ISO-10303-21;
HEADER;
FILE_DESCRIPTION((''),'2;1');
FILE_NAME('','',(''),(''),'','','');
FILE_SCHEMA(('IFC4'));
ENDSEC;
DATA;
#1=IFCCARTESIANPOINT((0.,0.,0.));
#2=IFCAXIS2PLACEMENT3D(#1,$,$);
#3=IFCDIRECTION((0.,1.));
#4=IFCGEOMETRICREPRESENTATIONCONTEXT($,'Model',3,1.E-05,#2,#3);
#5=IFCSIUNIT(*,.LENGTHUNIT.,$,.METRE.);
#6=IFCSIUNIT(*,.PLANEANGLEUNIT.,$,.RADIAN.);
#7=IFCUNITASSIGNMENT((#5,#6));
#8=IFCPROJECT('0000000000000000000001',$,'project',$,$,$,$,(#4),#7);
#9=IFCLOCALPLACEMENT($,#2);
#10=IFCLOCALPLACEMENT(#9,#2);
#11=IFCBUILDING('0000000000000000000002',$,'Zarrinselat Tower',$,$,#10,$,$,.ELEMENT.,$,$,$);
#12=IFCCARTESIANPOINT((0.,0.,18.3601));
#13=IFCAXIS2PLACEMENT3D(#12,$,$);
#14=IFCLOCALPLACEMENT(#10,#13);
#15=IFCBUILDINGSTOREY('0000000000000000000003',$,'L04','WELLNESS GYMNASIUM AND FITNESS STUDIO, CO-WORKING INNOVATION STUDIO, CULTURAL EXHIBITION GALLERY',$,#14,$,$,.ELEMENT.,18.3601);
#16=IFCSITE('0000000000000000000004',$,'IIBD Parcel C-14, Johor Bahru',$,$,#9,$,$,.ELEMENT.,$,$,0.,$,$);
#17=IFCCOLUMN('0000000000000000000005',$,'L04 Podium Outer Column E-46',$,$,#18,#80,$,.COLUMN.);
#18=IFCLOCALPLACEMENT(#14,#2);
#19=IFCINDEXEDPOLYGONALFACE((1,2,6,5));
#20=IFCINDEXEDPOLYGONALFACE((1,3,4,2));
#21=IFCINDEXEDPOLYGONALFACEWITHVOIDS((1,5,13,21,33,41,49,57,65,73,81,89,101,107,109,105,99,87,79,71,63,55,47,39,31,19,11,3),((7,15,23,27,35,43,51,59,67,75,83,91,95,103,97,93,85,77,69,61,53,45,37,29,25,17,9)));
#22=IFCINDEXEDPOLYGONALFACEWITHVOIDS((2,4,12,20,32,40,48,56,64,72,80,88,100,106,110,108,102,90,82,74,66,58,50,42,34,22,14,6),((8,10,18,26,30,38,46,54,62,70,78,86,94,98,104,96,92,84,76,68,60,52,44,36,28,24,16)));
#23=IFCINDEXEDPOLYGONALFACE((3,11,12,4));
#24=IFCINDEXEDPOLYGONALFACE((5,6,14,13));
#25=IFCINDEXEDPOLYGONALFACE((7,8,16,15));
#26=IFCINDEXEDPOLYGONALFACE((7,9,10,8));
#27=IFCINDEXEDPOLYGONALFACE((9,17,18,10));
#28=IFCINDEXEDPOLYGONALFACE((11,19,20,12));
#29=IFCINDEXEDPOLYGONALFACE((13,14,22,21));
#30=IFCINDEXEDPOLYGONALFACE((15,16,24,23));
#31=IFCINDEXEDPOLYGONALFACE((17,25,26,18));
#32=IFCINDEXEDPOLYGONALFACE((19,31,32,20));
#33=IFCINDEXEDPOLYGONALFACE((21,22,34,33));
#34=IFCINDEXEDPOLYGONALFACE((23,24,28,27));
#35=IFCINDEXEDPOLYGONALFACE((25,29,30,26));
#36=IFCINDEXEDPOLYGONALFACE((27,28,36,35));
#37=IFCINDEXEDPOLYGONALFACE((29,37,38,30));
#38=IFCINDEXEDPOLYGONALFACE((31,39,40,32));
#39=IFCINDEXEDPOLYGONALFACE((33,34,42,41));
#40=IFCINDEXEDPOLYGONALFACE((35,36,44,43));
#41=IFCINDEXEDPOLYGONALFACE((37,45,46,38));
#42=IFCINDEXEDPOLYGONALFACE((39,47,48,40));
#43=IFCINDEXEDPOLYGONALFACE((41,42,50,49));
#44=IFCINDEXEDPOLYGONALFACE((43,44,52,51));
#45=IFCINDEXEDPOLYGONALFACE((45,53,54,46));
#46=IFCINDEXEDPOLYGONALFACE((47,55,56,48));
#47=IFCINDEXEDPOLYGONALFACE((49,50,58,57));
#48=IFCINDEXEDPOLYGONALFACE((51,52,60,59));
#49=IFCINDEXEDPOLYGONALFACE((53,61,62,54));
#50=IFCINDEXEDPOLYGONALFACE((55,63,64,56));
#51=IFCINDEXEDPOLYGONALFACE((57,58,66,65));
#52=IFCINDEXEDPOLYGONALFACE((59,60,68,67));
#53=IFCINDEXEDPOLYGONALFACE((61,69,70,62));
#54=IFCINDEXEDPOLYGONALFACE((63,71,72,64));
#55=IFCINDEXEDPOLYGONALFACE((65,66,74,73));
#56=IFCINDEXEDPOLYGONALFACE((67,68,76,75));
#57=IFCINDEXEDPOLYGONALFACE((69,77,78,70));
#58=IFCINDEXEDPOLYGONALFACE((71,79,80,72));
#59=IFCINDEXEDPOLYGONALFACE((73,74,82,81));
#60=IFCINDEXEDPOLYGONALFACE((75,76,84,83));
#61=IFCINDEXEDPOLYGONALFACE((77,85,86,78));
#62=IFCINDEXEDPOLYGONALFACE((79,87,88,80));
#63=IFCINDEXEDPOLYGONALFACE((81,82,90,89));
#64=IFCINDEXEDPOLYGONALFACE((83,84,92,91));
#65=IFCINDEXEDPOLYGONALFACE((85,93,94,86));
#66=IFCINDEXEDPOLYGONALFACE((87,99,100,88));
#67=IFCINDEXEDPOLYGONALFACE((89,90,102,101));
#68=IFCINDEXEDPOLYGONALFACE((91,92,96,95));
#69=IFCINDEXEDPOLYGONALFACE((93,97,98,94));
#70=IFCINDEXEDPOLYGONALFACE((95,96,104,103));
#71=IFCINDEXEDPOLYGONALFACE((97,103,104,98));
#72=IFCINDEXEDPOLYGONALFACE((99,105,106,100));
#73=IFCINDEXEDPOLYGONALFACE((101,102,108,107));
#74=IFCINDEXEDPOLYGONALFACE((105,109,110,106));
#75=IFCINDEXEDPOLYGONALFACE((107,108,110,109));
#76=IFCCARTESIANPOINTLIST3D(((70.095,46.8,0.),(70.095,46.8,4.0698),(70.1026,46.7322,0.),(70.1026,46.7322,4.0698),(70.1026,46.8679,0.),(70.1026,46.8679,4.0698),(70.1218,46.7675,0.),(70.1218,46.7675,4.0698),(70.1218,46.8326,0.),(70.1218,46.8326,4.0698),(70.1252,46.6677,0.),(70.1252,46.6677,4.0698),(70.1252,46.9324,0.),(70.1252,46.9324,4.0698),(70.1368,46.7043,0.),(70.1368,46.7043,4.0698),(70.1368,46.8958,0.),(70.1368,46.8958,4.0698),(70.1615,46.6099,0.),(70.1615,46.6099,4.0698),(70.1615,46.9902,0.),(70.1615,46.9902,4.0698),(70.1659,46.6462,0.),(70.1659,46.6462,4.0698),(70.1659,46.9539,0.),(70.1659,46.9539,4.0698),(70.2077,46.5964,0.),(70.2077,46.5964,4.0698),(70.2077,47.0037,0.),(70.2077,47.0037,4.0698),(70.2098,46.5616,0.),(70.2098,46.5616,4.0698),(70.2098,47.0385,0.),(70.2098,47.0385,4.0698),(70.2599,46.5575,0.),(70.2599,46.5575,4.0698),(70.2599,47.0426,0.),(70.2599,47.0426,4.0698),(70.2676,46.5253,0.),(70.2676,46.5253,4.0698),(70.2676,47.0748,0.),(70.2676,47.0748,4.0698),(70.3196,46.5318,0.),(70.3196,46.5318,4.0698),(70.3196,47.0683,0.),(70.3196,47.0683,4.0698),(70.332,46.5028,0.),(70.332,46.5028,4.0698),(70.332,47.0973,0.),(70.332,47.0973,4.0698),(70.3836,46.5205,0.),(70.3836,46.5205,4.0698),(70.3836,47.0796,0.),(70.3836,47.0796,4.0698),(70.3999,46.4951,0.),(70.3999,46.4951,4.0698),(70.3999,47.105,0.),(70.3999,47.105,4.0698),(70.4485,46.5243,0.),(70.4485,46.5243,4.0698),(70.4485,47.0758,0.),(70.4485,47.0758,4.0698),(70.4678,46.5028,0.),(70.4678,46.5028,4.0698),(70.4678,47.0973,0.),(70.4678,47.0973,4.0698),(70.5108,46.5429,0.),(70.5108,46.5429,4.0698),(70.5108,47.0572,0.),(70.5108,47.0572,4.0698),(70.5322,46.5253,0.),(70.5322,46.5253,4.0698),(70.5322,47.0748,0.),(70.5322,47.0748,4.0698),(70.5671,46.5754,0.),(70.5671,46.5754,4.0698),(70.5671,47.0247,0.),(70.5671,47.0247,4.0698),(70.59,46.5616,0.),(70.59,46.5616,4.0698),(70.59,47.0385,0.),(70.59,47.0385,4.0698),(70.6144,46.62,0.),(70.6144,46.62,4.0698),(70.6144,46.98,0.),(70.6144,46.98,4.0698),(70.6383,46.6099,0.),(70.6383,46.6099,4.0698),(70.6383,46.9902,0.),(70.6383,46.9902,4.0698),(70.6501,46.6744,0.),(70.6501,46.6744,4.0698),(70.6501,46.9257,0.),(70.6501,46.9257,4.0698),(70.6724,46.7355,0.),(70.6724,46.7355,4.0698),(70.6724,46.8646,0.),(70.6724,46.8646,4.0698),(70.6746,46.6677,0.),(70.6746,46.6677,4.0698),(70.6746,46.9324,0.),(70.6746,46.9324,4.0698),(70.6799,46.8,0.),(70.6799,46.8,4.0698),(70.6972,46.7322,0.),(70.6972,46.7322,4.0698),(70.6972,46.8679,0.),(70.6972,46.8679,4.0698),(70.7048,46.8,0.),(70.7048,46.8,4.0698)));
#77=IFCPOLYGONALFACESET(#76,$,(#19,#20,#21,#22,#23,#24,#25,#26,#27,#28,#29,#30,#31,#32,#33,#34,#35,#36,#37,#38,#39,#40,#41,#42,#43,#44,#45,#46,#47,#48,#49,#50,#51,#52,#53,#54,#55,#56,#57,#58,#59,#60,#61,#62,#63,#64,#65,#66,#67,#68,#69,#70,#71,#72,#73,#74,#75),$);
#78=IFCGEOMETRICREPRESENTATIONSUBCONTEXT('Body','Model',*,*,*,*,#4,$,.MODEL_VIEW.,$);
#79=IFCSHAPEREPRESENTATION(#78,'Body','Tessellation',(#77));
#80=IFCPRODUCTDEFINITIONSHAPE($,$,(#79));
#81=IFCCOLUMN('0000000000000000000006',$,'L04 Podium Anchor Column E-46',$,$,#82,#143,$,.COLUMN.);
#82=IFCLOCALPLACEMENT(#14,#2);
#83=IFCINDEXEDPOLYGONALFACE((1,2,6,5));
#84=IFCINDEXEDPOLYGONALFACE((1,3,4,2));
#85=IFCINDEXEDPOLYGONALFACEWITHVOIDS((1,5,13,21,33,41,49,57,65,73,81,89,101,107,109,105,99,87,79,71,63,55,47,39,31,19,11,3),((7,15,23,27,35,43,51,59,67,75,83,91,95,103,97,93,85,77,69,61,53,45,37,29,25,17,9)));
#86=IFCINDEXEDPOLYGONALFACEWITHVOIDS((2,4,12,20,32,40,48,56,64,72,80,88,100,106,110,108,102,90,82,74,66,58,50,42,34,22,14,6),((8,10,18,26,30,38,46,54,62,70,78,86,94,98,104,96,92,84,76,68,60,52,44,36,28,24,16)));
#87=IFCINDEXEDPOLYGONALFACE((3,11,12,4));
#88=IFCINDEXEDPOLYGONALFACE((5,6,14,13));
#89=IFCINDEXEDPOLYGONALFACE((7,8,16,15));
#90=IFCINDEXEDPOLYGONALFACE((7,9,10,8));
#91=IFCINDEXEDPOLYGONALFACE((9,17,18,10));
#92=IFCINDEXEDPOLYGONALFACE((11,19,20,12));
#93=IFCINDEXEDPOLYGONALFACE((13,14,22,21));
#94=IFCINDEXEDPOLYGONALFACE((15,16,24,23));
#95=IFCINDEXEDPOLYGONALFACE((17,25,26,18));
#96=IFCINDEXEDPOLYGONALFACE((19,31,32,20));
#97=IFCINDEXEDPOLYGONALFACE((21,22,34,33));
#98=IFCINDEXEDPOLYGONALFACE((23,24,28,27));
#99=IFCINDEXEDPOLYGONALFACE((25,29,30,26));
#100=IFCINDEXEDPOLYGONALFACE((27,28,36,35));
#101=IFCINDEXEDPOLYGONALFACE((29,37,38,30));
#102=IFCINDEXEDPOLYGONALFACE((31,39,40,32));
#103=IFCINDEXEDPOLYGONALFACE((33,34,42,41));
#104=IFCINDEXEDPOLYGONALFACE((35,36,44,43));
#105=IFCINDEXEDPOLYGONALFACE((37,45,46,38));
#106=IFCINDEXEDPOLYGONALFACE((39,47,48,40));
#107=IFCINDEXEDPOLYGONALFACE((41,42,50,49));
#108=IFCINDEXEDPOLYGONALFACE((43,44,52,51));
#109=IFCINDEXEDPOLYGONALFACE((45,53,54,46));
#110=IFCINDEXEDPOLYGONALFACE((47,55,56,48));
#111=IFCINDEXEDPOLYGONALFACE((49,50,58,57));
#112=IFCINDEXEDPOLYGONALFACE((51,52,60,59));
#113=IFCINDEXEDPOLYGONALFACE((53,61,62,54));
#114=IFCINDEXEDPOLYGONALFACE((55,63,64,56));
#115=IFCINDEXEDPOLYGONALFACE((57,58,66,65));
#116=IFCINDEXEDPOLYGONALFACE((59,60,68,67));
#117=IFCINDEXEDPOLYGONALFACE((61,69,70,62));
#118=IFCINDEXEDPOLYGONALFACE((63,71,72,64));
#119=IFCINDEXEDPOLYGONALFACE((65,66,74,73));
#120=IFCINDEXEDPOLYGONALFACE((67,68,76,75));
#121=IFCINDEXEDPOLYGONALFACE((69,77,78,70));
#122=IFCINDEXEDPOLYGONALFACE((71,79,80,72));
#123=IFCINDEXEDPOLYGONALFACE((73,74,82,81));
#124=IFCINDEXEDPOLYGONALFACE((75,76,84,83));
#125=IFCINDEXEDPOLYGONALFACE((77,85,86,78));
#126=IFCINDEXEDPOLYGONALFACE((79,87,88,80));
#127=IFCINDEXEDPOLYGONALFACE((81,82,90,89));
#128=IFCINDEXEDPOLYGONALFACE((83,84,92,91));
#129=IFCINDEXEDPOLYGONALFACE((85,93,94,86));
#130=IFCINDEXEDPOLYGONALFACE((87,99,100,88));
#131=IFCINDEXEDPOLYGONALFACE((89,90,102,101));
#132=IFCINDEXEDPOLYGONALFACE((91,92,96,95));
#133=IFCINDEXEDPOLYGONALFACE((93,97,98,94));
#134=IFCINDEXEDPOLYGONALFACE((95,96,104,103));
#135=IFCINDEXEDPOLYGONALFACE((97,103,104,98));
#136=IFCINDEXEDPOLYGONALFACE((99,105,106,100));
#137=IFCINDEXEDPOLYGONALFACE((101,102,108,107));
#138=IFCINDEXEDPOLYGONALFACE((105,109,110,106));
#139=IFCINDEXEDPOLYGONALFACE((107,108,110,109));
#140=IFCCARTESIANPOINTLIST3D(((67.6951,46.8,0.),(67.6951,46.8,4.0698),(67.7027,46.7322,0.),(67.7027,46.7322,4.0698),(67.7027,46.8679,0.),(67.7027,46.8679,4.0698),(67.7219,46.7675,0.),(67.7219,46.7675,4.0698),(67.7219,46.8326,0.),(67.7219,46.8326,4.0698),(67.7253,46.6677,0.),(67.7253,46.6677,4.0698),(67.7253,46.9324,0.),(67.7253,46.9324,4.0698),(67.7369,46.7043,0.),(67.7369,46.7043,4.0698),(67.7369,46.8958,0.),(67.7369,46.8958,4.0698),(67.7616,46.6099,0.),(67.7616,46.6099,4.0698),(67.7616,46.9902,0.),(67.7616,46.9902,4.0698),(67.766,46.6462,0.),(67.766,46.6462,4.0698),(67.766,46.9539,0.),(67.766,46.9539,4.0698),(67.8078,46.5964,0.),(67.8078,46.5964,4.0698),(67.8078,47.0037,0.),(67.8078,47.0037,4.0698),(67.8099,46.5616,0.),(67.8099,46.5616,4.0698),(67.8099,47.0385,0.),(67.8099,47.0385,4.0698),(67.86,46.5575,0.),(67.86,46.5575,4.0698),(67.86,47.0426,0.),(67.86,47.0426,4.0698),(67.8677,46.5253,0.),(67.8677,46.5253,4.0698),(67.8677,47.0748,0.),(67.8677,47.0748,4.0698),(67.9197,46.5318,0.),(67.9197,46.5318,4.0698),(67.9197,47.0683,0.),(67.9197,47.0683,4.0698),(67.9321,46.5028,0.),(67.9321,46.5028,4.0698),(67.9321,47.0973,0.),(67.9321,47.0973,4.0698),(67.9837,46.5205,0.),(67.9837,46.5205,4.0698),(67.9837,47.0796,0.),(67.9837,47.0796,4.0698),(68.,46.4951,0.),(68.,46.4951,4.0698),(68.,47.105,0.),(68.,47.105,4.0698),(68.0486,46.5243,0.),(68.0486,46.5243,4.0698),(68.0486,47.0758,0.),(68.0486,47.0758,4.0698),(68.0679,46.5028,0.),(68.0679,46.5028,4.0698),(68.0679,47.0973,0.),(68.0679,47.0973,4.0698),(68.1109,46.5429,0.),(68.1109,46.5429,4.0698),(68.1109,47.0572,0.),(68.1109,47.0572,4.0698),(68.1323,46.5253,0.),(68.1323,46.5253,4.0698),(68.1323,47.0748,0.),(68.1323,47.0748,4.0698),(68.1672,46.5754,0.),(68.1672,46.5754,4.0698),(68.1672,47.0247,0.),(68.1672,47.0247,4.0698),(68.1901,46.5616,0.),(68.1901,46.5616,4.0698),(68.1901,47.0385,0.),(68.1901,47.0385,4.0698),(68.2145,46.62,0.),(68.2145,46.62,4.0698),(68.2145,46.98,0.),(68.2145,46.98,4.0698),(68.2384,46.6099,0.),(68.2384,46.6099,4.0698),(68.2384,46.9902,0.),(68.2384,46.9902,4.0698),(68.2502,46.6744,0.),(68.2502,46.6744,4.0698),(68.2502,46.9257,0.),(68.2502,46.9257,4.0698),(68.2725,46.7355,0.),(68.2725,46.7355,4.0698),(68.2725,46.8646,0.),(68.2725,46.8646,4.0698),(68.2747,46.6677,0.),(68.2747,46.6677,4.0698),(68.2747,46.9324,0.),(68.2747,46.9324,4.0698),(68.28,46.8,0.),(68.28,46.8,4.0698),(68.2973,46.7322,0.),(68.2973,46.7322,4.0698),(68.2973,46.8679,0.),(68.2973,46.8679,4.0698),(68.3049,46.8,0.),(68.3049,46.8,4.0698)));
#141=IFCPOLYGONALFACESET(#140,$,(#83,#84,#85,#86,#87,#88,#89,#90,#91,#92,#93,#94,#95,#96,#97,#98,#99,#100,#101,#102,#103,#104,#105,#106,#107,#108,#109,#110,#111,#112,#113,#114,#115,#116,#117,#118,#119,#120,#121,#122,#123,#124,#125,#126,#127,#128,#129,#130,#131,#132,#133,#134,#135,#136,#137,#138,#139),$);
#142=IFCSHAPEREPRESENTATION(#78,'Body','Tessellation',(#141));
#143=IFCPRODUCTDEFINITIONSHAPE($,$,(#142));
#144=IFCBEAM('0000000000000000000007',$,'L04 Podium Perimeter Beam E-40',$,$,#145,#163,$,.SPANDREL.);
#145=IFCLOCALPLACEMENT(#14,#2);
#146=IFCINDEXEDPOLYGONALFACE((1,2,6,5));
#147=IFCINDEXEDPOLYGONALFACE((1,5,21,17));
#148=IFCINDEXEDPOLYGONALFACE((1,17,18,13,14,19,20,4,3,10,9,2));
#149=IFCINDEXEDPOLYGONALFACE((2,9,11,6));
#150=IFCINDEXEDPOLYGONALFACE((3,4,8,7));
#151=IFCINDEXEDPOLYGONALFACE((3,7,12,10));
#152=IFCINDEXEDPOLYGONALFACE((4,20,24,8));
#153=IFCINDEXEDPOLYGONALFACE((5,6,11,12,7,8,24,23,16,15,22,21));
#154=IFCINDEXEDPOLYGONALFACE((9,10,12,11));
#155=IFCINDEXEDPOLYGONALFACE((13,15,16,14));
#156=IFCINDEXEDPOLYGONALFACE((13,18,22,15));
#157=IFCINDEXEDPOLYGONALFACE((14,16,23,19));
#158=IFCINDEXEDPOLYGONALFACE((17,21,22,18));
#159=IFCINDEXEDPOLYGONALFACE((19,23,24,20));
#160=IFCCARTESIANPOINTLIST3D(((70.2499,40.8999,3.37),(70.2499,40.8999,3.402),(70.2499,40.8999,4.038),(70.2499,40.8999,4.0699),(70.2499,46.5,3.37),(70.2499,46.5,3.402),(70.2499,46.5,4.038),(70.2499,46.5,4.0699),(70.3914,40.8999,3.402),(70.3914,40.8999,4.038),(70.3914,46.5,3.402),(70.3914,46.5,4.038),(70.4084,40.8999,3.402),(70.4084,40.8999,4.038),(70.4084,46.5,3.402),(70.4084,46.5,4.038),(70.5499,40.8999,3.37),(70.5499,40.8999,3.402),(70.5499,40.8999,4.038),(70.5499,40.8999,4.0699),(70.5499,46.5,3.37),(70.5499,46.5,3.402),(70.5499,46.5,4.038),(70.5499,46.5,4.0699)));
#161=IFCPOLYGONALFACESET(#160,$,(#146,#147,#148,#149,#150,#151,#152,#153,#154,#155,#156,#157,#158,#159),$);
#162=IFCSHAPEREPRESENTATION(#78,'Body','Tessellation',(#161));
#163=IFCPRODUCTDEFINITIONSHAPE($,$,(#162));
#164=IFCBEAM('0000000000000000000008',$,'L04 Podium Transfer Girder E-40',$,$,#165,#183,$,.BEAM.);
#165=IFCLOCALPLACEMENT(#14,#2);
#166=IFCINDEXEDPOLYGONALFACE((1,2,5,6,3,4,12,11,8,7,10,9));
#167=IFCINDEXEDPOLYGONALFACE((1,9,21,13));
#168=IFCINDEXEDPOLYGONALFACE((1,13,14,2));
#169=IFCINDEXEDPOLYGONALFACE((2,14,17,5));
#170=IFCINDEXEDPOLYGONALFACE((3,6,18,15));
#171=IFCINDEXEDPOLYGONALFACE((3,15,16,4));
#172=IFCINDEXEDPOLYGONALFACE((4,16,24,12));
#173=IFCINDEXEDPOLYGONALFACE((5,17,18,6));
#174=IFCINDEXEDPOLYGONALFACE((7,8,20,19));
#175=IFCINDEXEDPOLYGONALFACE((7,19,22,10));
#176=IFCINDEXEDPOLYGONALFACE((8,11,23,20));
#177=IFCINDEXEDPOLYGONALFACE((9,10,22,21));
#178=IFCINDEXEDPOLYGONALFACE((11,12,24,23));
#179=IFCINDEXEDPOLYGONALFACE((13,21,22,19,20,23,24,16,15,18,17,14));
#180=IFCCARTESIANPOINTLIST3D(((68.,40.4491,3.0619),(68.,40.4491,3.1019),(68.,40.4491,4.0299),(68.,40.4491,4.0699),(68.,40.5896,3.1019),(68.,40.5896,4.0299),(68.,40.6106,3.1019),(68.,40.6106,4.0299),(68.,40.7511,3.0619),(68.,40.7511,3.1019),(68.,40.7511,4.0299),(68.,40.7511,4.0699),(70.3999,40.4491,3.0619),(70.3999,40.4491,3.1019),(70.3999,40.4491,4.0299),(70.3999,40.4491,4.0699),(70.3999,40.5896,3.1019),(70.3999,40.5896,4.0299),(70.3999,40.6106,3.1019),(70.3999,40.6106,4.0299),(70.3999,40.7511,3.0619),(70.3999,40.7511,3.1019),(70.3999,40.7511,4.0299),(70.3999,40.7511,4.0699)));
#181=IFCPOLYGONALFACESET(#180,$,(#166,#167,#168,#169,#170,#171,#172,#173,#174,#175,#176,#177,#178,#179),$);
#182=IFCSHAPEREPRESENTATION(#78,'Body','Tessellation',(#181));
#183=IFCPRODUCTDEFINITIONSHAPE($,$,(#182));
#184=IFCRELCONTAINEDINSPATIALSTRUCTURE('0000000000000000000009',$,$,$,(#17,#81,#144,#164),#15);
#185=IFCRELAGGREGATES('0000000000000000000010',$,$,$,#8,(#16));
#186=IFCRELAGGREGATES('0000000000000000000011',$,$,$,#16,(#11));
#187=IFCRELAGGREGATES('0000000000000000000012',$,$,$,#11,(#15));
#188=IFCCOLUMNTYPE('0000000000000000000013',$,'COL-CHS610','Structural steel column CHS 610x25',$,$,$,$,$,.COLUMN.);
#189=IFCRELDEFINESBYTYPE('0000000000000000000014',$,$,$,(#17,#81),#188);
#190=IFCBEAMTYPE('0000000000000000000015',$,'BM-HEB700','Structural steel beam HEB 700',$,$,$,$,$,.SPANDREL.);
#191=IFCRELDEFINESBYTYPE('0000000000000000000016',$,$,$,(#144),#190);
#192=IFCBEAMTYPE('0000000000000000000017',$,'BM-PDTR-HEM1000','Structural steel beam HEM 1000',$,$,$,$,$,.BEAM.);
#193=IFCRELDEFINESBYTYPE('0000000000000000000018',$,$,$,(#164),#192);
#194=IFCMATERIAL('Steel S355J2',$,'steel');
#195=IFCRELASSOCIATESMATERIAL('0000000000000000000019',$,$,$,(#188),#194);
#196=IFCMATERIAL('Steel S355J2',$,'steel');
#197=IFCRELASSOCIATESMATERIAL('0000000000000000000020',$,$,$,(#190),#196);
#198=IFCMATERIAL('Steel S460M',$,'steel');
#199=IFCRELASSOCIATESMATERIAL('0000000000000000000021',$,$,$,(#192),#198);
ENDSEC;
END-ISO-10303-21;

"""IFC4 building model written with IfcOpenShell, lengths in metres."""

from ifc_helpers import new_model, si_unit, direction, frame, origin, origin_2d, place, context, subcontext, project, spatial, hollow_circle, i_section, extrude, material, material_profile, profile_set, type_object, element, save


model = new_model("IFC4")

# Units and contexts
model_context = context("Model", 3, precision=1e-05, world=origin(), true_north=direction((0.0, 1.0)))
body_context = subcontext(model_context, "Body", "Model", "MODEL_VIEW")
ifc_project = project(units=[si_unit("LENGTHUNIT", "METRE"), si_unit("PLANEANGLEUNIT", "RADIAN")], contexts=[model_context])

# Site, building, storey
site_placement = place(None, origin())
site = spatial("IfcSite", under=ifc_project, at=site_placement, Name="IIBD Parcel C-14, Johor Bahru", CompositionType="ELEMENT", RefElevation=0.0)
building_placement = place(site_placement, origin())
building = spatial("IfcBuilding", under=site, at=building_placement, Name="Zarrinselat Tower", CompositionType="ELEMENT")
storey_placement = place(building_placement, frame((0.0, 0.0, 18.3601)))
storey = spatial("IfcBuildingStorey", under=building, at=storey_placement, Name="L04", Description="WELLNESS GYMNASIUM AND FITNESS STUDIO, CO-WORKING INNOVATION STUDIO, CULTURAL EXHIBITION GALLERY", CompositionType="ELEMENT", Elevation=18.3601)

# Columns
ifc_material_1 = material(Name="Steel S355J2", Category="steel")
ifc_material_profile_1 = material_profile(ifc_material_1, hollow_circle(Radius=0.3049, WallThickness=0.0249, at=origin_2d()), Name="CHS 610x25")
ifc_profile_set_1 = profile_set([ifc_material_profile_1], Name="Steel S355J2")
column_type = type_object("IfcColumnType", Name="COL-CHS610", Description="Structural steel column CHS 610x25", PredefinedType="COLUMN", material=ifc_profile_set_1)
for number, where, z_axis, x_axis, name in (
    (1, (70.3999, 46.8, 0.0), (0.0, 0.0, 1.0), (1.0, 0.0, 0.0), "L04 Podium Outer Column E-46"),
    (2, (68.0, 46.8, 0.0), (0.0, 0.0, 1.0), (1.0, 0.0, 0.0), "L04 Podium Anchor Column E-46"),
):
    element("IfcColumn", number, at=place(storey_placement, frame(where, z_axis=z_axis, x_axis=x_axis)), inside=storey, type_object=column_type, Name=name, PredefinedType="COLUMN", context=body_context, shape_type="SweptSolid", body=[
        extrude(hollow_circle(Radius=0.3049, WallThickness=0.0249, at=origin_2d()), origin(), (0.0, 0.0, 1.0), 4.0698),
    ])

# Beams
ifc_material_2 = material(Name="Steel S355J2", Category="steel")
ifc_material_profile_2 = material_profile(ifc_material_2, i_section(OverallWidth=0.3, OverallDepth=0.7, WebThickness=0.0171, FlangeThickness=0.032, at=origin_2d()), Name="HEB 700")
ifc_profile_set_2 = profile_set([ifc_material_profile_2], Name="Steel S355J2")
beam_type_1 = type_object("IfcBeamType", Name="BM-HEB700", Description="Structural steel beam HEB 700", PredefinedType="SPANDREL", material=ifc_profile_set_2)
beam_placement = place(storey_placement, frame((70.3999, 40.8999, 3.72), z_axis=(0.0, 1.0, 0.0), x_axis=(-1.0, 0.0, 0.0)))
element("IfcBeam", 3, at=beam_placement, inside=storey, type_object=beam_type_1, Name="L04 Podium Perimeter Beam E-40", PredefinedType="SPANDREL", context=body_context, shape_type="SweptSolid", body=[
    extrude(i_section(OverallWidth=0.3, OverallDepth=0.7, WebThickness=0.0171, FlangeThickness=0.032, at=origin_2d()), origin(), (0.0, 0.0, 1.0), 5.6001),
])
ifc_material_3 = material(Name="Steel S460M", Category="steel")
ifc_material_profile_3 = material_profile(ifc_material_3, i_section(OverallWidth=0.302, OverallDepth=1.0081, WebThickness=0.021, FlangeThickness=0.04, at=origin_2d()), Name="HEM 1000")
ifc_profile_set_3 = profile_set([ifc_material_profile_3], Name="Steel S460M")
beam_type_2 = type_object("IfcBeamType", Name="BM-PDTR-HEM1000", Description="Structural steel beam HEM 1000", PredefinedType="BEAM", material=ifc_profile_set_3)
for number, where, z_axis, x_axis, name in (
    (4, (68.0, 40.6001, 3.5659), (1.0, 0.0, 0.0), (0.0, 1.0, 0.0), "L04 Podium Transfer Girder E-40"),
):
    element("IfcBeam", number, at=place(storey_placement, frame(where, z_axis=z_axis, x_axis=x_axis)), inside=storey, type_object=beam_type_2, Name=name, PredefinedType="BEAM", context=body_context, shape_type="SweptSolid", body=[
        extrude(i_section(OverallWidth=0.302, OverallDepth=1.0081, WebThickness=0.021, FlangeThickness=0.04, at=origin_2d()), origin(), (0.0, 0.0, 1.0), 2.3999),
    ])

save(model, "model.ifc")
